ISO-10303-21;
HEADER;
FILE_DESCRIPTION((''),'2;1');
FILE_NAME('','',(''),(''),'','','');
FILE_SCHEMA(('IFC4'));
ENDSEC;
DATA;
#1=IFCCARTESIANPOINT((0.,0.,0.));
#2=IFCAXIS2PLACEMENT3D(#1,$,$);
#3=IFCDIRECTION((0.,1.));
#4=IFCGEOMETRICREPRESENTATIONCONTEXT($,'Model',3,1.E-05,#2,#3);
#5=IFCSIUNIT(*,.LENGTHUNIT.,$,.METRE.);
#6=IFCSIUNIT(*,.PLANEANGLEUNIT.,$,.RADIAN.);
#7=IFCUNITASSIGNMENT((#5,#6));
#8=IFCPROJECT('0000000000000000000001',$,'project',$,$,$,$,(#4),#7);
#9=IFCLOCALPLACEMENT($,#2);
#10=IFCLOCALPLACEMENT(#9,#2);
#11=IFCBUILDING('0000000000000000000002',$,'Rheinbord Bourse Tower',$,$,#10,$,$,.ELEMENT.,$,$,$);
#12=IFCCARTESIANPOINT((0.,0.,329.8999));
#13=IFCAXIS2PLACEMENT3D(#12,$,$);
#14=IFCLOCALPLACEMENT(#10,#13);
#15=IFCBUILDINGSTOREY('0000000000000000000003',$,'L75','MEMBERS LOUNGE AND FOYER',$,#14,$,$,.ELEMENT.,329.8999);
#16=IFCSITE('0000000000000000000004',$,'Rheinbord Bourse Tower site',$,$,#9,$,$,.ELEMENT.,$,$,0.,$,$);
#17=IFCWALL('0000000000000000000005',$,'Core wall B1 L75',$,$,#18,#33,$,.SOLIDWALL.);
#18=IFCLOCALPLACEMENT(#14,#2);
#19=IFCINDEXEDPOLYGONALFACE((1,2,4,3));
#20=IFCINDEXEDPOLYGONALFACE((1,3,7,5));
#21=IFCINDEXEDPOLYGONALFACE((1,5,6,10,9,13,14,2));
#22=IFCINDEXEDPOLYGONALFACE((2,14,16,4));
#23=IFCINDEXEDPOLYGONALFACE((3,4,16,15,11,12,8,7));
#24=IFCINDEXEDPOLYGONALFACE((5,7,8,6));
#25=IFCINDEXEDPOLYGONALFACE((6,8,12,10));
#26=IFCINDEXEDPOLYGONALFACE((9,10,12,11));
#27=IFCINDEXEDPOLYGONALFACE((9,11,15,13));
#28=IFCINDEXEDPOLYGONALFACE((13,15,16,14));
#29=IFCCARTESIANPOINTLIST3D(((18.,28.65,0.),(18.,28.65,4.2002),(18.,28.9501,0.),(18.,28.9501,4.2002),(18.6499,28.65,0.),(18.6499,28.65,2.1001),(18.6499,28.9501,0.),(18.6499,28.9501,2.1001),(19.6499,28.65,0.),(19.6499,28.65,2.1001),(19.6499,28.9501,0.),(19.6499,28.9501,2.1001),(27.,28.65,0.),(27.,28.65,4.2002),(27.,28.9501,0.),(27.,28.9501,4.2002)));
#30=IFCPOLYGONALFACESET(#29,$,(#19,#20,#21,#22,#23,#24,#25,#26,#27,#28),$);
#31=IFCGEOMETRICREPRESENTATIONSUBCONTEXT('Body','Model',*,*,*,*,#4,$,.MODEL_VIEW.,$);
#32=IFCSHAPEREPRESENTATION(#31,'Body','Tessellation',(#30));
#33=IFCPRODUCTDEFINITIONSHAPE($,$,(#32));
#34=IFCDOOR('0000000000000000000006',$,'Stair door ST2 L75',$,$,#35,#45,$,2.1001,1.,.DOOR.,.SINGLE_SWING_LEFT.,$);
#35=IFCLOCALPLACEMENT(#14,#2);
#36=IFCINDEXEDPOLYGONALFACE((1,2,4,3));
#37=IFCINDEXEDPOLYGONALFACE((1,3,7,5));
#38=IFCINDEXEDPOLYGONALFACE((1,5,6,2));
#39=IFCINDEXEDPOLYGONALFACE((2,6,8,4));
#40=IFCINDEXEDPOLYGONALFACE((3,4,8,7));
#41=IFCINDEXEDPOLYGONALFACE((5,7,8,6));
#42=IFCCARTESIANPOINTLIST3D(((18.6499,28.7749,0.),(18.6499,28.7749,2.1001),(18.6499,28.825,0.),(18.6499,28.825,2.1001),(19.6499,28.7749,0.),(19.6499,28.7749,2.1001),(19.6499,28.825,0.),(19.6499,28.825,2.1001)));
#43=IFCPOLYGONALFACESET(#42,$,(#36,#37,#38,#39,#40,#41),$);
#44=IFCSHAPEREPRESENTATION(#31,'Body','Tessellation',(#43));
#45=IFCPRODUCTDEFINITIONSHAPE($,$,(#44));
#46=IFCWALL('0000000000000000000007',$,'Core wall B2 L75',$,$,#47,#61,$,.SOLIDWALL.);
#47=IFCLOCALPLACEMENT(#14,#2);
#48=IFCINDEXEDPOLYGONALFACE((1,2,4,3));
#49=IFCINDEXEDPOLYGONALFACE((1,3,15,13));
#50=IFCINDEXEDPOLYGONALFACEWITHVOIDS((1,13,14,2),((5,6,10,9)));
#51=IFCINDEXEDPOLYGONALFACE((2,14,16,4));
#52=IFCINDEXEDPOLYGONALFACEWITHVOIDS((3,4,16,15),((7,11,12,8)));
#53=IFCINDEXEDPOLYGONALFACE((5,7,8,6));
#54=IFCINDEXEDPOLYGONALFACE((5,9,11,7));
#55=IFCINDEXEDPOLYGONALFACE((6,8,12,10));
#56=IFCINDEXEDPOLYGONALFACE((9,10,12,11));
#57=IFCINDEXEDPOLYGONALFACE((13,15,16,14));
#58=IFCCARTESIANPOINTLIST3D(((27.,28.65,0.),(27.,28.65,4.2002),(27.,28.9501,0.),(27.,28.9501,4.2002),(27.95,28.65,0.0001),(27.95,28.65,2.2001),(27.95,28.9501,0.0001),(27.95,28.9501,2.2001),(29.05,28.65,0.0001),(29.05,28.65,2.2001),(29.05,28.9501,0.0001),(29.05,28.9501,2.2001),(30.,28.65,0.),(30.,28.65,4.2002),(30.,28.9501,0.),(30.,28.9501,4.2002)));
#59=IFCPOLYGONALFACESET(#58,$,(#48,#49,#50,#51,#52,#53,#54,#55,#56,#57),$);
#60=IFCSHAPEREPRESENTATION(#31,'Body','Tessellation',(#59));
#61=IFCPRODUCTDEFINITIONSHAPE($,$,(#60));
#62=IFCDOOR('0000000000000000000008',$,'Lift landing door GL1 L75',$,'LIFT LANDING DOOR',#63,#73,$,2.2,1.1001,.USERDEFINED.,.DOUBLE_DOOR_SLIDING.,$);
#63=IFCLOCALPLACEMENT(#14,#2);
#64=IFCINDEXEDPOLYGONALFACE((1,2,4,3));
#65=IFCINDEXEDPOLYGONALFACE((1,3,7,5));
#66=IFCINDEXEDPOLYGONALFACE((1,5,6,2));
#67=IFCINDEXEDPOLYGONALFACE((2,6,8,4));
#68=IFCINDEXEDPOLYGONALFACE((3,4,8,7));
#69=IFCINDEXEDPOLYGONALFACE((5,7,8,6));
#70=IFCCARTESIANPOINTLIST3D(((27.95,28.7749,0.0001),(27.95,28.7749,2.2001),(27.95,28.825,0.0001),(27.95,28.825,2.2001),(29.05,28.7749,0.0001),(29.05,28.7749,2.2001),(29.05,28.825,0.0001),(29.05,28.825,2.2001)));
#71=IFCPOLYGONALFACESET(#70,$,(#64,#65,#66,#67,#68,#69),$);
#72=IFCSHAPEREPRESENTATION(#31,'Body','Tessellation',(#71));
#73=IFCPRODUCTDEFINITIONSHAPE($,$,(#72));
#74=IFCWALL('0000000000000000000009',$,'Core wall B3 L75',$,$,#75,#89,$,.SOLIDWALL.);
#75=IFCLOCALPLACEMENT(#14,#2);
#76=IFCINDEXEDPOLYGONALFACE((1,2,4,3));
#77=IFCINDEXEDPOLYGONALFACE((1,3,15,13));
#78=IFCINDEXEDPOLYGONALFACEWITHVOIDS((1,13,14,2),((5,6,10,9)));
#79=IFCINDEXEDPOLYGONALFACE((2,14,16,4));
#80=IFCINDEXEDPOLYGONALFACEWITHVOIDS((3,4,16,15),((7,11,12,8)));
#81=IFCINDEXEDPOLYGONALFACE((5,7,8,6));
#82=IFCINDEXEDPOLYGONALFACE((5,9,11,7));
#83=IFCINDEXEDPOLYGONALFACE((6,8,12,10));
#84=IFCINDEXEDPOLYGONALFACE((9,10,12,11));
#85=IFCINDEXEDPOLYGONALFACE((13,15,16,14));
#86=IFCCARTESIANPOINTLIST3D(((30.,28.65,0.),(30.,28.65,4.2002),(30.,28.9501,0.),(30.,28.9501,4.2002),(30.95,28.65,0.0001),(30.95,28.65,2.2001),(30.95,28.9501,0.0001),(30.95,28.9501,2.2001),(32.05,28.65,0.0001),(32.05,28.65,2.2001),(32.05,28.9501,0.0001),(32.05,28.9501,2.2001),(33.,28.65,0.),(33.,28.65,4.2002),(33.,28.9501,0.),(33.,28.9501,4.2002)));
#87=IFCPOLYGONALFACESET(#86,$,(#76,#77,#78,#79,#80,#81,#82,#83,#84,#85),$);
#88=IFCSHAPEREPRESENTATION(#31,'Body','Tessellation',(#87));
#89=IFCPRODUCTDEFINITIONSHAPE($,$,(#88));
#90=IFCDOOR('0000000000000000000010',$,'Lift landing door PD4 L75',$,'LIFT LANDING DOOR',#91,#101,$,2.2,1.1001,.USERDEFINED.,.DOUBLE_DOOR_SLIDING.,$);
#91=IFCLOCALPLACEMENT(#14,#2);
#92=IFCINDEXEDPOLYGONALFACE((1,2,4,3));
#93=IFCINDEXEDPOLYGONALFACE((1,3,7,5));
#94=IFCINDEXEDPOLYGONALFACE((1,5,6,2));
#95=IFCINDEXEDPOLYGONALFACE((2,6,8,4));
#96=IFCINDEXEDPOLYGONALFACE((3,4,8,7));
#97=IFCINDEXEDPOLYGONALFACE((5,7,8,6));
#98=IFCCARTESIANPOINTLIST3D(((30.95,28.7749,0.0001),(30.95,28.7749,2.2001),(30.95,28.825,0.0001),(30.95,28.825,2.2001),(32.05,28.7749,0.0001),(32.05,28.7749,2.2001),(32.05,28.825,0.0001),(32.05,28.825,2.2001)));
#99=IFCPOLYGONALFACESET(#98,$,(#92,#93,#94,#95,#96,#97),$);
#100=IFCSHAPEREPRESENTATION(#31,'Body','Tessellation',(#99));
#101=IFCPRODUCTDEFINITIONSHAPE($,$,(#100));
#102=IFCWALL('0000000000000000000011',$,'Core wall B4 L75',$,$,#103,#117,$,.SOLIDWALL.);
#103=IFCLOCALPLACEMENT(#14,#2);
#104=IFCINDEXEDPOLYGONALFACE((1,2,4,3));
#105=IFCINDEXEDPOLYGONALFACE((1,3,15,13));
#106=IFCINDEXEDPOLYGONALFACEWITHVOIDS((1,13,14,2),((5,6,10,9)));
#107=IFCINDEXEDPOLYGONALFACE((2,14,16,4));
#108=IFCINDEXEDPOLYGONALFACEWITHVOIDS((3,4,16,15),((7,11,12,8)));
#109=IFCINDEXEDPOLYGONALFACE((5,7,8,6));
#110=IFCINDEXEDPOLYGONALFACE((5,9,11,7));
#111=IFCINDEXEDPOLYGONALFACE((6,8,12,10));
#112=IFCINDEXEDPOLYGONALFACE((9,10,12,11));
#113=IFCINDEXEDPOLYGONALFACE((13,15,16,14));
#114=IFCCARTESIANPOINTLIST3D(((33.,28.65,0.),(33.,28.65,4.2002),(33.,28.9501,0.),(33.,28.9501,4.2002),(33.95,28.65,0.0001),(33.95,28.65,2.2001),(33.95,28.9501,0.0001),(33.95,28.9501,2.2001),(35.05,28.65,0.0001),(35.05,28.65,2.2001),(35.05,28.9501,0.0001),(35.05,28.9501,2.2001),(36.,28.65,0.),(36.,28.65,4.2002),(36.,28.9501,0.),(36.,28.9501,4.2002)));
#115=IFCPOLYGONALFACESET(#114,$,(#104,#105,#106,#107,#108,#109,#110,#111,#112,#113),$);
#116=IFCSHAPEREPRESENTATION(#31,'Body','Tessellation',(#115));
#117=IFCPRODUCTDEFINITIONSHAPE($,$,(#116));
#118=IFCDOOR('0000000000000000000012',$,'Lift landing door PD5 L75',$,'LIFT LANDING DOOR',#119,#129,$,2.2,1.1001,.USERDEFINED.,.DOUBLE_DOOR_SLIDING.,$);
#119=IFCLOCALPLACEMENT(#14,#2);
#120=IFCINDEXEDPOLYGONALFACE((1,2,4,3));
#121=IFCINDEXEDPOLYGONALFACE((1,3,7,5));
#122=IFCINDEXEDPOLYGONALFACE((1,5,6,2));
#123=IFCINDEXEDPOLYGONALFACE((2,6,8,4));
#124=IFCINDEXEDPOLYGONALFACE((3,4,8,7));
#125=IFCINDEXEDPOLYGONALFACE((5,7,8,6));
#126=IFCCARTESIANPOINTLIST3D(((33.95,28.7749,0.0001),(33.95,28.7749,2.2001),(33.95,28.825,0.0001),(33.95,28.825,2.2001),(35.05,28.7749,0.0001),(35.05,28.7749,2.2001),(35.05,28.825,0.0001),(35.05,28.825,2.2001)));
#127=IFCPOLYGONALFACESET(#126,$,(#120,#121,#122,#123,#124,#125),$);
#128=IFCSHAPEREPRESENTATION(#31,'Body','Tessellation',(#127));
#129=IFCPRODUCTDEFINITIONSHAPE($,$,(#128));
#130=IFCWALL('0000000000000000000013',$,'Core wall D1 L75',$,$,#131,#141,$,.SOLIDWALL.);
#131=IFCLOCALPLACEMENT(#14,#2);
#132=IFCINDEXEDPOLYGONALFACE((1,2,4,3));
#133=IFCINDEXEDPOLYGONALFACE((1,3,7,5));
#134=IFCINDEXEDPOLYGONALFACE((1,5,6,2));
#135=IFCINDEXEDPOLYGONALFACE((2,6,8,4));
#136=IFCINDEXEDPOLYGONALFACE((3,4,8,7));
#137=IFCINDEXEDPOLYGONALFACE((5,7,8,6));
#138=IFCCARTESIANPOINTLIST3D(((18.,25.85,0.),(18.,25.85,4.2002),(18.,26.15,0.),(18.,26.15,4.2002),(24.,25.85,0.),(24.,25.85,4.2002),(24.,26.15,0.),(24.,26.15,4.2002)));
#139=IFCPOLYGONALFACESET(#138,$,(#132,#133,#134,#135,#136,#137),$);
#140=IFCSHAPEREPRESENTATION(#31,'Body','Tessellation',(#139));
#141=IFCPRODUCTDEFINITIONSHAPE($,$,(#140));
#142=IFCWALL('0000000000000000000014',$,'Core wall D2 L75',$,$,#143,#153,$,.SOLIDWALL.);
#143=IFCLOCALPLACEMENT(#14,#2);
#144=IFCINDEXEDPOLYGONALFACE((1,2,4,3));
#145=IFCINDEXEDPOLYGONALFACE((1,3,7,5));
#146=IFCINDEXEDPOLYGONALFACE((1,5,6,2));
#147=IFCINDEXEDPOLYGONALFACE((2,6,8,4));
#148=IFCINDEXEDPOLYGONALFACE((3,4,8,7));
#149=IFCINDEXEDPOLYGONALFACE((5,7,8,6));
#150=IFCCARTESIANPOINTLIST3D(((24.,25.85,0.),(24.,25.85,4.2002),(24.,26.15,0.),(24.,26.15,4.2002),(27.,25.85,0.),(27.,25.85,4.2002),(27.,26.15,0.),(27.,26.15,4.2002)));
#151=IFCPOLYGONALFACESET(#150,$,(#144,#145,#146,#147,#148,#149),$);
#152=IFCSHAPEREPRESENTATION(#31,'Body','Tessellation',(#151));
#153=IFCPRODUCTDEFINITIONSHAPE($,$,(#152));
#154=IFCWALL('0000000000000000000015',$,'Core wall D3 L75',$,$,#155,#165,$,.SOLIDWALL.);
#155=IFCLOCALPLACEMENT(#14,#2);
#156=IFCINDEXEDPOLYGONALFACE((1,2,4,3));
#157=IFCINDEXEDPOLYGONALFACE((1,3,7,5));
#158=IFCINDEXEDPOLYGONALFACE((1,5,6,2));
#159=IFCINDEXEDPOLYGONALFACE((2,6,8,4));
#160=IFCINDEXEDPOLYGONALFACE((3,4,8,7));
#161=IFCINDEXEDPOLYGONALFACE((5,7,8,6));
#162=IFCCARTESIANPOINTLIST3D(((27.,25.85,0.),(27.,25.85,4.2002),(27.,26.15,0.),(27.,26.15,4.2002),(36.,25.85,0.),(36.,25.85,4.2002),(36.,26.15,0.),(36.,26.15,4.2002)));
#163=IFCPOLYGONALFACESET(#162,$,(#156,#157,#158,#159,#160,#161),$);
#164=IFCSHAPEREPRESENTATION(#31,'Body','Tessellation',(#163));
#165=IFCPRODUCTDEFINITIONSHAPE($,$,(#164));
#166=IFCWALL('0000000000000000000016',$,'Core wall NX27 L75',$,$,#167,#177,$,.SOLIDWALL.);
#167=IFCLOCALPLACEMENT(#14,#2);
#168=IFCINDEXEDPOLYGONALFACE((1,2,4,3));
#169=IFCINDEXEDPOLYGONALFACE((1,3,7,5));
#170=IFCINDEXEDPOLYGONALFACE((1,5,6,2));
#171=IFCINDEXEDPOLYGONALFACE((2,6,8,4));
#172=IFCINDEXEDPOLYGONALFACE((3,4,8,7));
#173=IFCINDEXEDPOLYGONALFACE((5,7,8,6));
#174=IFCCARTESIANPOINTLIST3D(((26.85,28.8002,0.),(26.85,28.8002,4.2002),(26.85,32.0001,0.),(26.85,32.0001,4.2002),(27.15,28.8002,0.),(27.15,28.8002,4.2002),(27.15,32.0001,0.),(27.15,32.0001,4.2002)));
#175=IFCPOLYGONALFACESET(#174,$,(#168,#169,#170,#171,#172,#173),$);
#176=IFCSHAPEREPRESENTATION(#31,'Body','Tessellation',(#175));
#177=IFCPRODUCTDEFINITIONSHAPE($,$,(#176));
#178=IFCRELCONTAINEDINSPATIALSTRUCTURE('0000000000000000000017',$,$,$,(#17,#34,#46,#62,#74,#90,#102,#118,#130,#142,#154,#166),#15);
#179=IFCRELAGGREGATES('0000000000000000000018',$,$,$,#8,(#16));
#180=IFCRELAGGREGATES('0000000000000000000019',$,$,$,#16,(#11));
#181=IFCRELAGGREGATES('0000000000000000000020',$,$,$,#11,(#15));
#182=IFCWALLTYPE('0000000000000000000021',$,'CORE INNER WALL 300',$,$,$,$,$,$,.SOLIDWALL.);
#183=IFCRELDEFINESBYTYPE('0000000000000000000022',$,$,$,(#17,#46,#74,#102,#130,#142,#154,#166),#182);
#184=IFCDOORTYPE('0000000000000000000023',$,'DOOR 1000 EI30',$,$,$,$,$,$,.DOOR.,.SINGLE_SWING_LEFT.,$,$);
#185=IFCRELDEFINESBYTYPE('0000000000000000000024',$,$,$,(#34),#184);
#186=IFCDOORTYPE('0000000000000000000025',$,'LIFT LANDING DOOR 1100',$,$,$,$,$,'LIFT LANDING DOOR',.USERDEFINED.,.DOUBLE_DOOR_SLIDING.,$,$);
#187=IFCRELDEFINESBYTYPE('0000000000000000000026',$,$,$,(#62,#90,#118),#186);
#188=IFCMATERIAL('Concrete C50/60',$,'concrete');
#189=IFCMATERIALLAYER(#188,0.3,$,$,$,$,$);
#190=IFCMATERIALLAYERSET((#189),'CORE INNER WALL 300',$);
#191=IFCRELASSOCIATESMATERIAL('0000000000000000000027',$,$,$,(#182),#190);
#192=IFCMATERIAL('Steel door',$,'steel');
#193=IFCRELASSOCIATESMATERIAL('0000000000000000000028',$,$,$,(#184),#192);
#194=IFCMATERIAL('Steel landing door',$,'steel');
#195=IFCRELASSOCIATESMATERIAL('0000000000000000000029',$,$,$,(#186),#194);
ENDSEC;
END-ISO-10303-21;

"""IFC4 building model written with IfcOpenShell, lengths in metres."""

from ifc_helpers import new_model, si_unit, direction, frame, frame_2d, origin, place, context, subcontext, project, spatial, rectangle, extrude, material, layer, layer_set, type_object, element, fill, save


model = new_model("IFC4")

# Units and contexts
model_context = context("Model", 3, precision=1e-05, world=origin(), true_north=direction((0.0, 1.0)))
body_context = subcontext(model_context, "Body", "Model", "MODEL_VIEW")
ifc_project = project(units=[si_unit("LENGTHUNIT", "METRE"), si_unit("PLANEANGLEUNIT", "RADIAN")], contexts=[model_context])

# Site, building, storey
site_placement = place(None, origin())
site = spatial("IfcSite", under=ifc_project, at=site_placement, Name="Rheinbord Bourse Tower site", CompositionType="ELEMENT", RefElevation=0.0)
building_placement = place(site_placement, origin())
building = spatial("IfcBuilding", under=site, at=building_placement, Name="Rheinbord Bourse Tower", CompositionType="ELEMENT")
storey_placement = place(building_placement, frame((0.0, 0.0, 329.8999)))
storey = spatial("IfcBuildingStorey", under=building, at=storey_placement, Name="L75", Description="MEMBERS LOUNGE AND FOYER", CompositionType="ELEMENT", Elevation=329.8999)

# Walls, openings, doors
ifc_material_1 = material(Name="Concrete C50/60", Category="concrete")
ifc_layer_1 = layer(ifc_material_1, 0.3)
ifc_layer_set_1 = layer_set([ifc_layer_1], Name="CORE INNER WALL 300")
wall_type_1 = type_object("IfcWallType", Name="CORE INNER WALL 300", PredefinedType="SOLIDWALL", material=ifc_layer_set_1)
wall_1_placement = place(storey_placement, frame((18.0, 28.8, 0.0), z_axis=(0.0, 0.0, 1.0), x_axis=(1.0, 0.0, 0.0)))
wall_1 = element("IfcWall", 1, at=wall_1_placement, inside=storey, type_object=wall_type_1, Name="Core wall B1 L75", PredefinedType="SOLIDWALL", context=body_context, shape_type="SweptSolid", body=[
    extrude(rectangle(XDim=9.0, YDim=0.3, at=frame_2d((4.5, 0.0))), origin(), (0.0, 0.0, 1.0), 4.2002),
])
opening_1_placement = place(wall_1_placement, frame((0.6499, 0.0, 0.0)))
opening_1 = element("IfcOpeningElement", 2, at=opening_1_placement, cuts=wall_1, PredefinedType="OPENING", context=body_context, shape_type="SweptSolid", body=[
    extrude(rectangle(XDim=1.0, YDim=2.1001, at=frame_2d((0.5, 1.05))), frame((0.0, 0.1599, 0.0), z_axis=(0.0, -1.0, 0.0), x_axis=(1.0, 0.0, 0.0)), (0.0, 0.0, 1.0), 0.3201),
])
ifc_material_2 = material(Name="Steel door", Category="steel")
door_type_1 = type_object("IfcDoorType", Name="DOOR 1000 EI30", OperationType="SINGLE_SWING_LEFT", PredefinedType="DOOR", material=ifc_material_2)
door_1_placement = place(opening_1_placement, origin())
door_1 = element("IfcDoor", 3, at=door_1_placement, inside=storey, type_object=door_type_1, Name="Stair door ST2 L75", OperationType="SINGLE_SWING_LEFT", OverallHeight=2.1001, OverallWidth=1.0, PredefinedType="DOOR", context=body_context, shape_type="SweptSolid", body=[
    extrude(rectangle(XDim=1.0, YDim=2.1001, at=frame_2d((0.5, 1.05))), frame((0.0, 0.0249, 0.0), z_axis=(0.0, -1.0, 0.0), x_axis=(1.0, 0.0, 0.0)), (0.0, 0.0, 1.0), 0.05),
])
fill(opening_1, door_1)
wall_2_placement = place(storey_placement, frame((27.0, 28.8, 0.0), z_axis=(0.0, 0.0, 1.0), x_axis=(1.0, 0.0, 0.0)))
wall_2 = element("IfcWall", 4, at=wall_2_placement, inside=storey, type_object=wall_type_1, Name="Core wall B2 L75", PredefinedType="SOLIDWALL", context=body_context, shape_type="SweptSolid", body=[
    extrude(rectangle(XDim=3.0, YDim=0.3, at=frame_2d((1.5, 0.0))), origin(), (0.0, 0.0, 1.0), 4.2002),
])
opening_2_placement = place(wall_2_placement, frame((0.95, 0.0, 0.0)))
opening_2 = element("IfcOpeningElement", 5, at=opening_2_placement, cuts=wall_2, PredefinedType="OPENING", context=body_context, shape_type="SweptSolid", body=[
    extrude(rectangle(XDim=1.1001, YDim=2.2, at=frame_2d((0.55, 1.1001))), frame((0.0, 0.1599, 0.0), z_axis=(0.0, -1.0, 0.0), x_axis=(1.0, 0.0, 0.0)), (0.0, 0.0, 1.0), 0.3201),
])
ifc_material_3 = material(Name="Steel landing door", Category="steel")
door_type_2 = type_object("IfcDoorType", Name="LIFT LANDING DOOR 1100", ElementType="LIFT LANDING DOOR", OperationType="DOUBLE_DOOR_SLIDING", PredefinedType="USERDEFINED", material=ifc_material_3)
door_2_placement = place(opening_2_placement, origin())
door_2 = element("IfcDoor", 6, at=door_2_placement, inside=storey, type_object=door_type_2, Name="Lift landing door GL1 L75", ObjectType="LIFT LANDING DOOR", OperationType="DOUBLE_DOOR_SLIDING", OverallHeight=2.2, OverallWidth=1.1001, PredefinedType="USERDEFINED", context=body_context, shape_type="SweptSolid", body=[
    extrude(rectangle(XDim=1.1001, YDim=2.2, at=frame_2d((0.55, 1.1001))), frame((0.0, 0.0249, 0.0), z_axis=(0.0, -1.0, 0.0), x_axis=(1.0, 0.0, 0.0)), (0.0, 0.0, 1.0), 0.05),
])
fill(opening_2, door_2)
wall_3_placement = place(storey_placement, frame((30.0, 28.8, 0.0), z_axis=(0.0, 0.0, 1.0), x_axis=(1.0, 0.0, 0.0)))
wall_3 = element("IfcWall", 7, at=wall_3_placement, inside=storey, type_object=wall_type_1, Name="Core wall B3 L75", PredefinedType="SOLIDWALL", context=body_context, shape_type="SweptSolid", body=[
    extrude(rectangle(XDim=3.0, YDim=0.3, at=frame_2d((1.5, 0.0))), origin(), (0.0, 0.0, 1.0), 4.2002),
])
opening_3_placement = place(wall_3_placement, frame((0.95, 0.0, 0.0)))
opening_3 = element("IfcOpeningElement", 8, at=opening_3_placement, cuts=wall_3, PredefinedType="OPENING", context=body_context, shape_type="SweptSolid", body=[
    extrude(rectangle(XDim=1.1001, YDim=2.2, at=frame_2d((0.55, 1.1001))), frame((0.0, 0.1599, 0.0), z_axis=(0.0, -1.0, 0.0), x_axis=(1.0, 0.0, 0.0)), (0.0, 0.0, 1.0), 0.3201),
])
door_3_placement = place(opening_3_placement, origin())
door_3 = element("IfcDoor", 9, at=door_3_placement, inside=storey, type_object=door_type_2, Name="Lift landing door PD4 L75", ObjectType="LIFT LANDING DOOR", OperationType="DOUBLE_DOOR_SLIDING", OverallHeight=2.2, OverallWidth=1.1001, PredefinedType="USERDEFINED", context=body_context, shape_type="SweptSolid", body=[
    extrude(rectangle(XDim=1.1001, YDim=2.2, at=frame_2d((0.55, 1.1001))), frame((0.0, 0.0249, 0.0), z_axis=(0.0, -1.0, 0.0), x_axis=(1.0, 0.0, 0.0)), (0.0, 0.0, 1.0), 0.05),
])
fill(opening_3, door_3)
wall_4_placement = place(storey_placement, frame((33.0, 28.8, 0.0), z_axis=(0.0, 0.0, 1.0), x_axis=(1.0, 0.0, 0.0)))
wall_4 = element("IfcWall", 10, at=wall_4_placement, inside=storey, type_object=wall_type_1, Name="Core wall B4 L75", PredefinedType="SOLIDWALL", context=body_context, shape_type="SweptSolid", body=[
    extrude(rectangle(XDim=3.0, YDim=0.3, at=frame_2d((1.5, 0.0))), origin(), (0.0, 0.0, 1.0), 4.2002),
])
opening_4_placement = place(wall_4_placement, frame((0.95, 0.0, 0.0)))
opening_4 = element("IfcOpeningElement", 11, at=opening_4_placement, cuts=wall_4, PredefinedType="OPENING", context=body_context, shape_type="SweptSolid", body=[
    extrude(rectangle(XDim=1.1001, YDim=2.2, at=frame_2d((0.55, 1.1001))), frame((0.0, 0.1599, 0.0), z_axis=(0.0, -1.0, 0.0), x_axis=(1.0, 0.0, 0.0)), (0.0, 0.0, 1.0), 0.3201),
])
door_4_placement = place(opening_4_placement, origin())
door_4 = element("IfcDoor", 12, at=door_4_placement, inside=storey, type_object=door_type_2, Name="Lift landing door PD5 L75", ObjectType="LIFT LANDING DOOR", OperationType="DOUBLE_DOOR_SLIDING", OverallHeight=2.2, OverallWidth=1.1001, PredefinedType="USERDEFINED", context=body_context, shape_type="SweptSolid", body=[
    extrude(rectangle(XDim=1.1001, YDim=2.2, at=frame_2d((0.55, 1.1001))), frame((0.0, 0.0249, 0.0), z_axis=(0.0, -1.0, 0.0), x_axis=(1.0, 0.0, 0.0)), (0.0, 0.0, 1.0), 0.05),
])
fill(opening_4, door_4)

# Walls
wall_5_placement = place(storey_placement, frame((18.0, 26.0, 0.0), z_axis=(0.0, 0.0, 1.0), x_axis=(1.0, 0.0, 0.0)))
element("IfcWall", 13, at=wall_5_placement, inside=storey, type_object=wall_type_1, Name="Core wall D1 L75", PredefinedType="SOLIDWALL", context=body_context, shape_type="SweptSolid", body=[
    extrude(rectangle(XDim=6.0, YDim=0.3, at=frame_2d((3.0, 0.0))), origin(), (0.0, 0.0, 1.0), 4.2002),
])
wall_6_placement = place(storey_placement, frame((24.0, 26.0, 0.0), z_axis=(0.0, 0.0, 1.0), x_axis=(1.0, 0.0, 0.0)))
element("IfcWall", 14, at=wall_6_placement, inside=storey, type_object=wall_type_1, Name="Core wall D2 L75", PredefinedType="SOLIDWALL", context=body_context, shape_type="SweptSolid", body=[
    extrude(rectangle(XDim=3.0, YDim=0.3, at=frame_2d((1.5, 0.0))), origin(), (0.0, 0.0, 1.0), 4.2002),
])
wall_7_placement = place(storey_placement, frame((27.0, 26.0, 0.0), z_axis=(0.0, 0.0, 1.0), x_axis=(1.0, 0.0, 0.0)))
element("IfcWall", 15, at=wall_7_placement, inside=storey, type_object=wall_type_1, Name="Core wall D3 L75", PredefinedType="SOLIDWALL", context=body_context, shape_type="SweptSolid", body=[
    extrude(rectangle(XDim=9.0, YDim=0.3, at=frame_2d((4.5, 0.0))), origin(), (0.0, 0.0, 1.0), 4.2002),
])
for number, where, z_axis, x_axis, name in (
    (16, (27.0, 28.8, 0.0), (0.0, 0.0, 1.0), (0.0, 1.0, 0.0), "Core wall NX27 L75"),
):
    element("IfcWall", number, at=place(storey_placement, frame(where, z_axis=z_axis, x_axis=x_axis)), inside=storey, type_object=wall_type_1, Name=name, PredefinedType="SOLIDWALL", context=body_context, shape_type="SweptSolid", body=[
        extrude(rectangle(XDim=3.2, YDim=0.3, at=frame_2d((1.6001, 0.0))), origin(), (0.0, 0.0, 1.0), 4.2002),
    ])

save(model, "model.ifc")
